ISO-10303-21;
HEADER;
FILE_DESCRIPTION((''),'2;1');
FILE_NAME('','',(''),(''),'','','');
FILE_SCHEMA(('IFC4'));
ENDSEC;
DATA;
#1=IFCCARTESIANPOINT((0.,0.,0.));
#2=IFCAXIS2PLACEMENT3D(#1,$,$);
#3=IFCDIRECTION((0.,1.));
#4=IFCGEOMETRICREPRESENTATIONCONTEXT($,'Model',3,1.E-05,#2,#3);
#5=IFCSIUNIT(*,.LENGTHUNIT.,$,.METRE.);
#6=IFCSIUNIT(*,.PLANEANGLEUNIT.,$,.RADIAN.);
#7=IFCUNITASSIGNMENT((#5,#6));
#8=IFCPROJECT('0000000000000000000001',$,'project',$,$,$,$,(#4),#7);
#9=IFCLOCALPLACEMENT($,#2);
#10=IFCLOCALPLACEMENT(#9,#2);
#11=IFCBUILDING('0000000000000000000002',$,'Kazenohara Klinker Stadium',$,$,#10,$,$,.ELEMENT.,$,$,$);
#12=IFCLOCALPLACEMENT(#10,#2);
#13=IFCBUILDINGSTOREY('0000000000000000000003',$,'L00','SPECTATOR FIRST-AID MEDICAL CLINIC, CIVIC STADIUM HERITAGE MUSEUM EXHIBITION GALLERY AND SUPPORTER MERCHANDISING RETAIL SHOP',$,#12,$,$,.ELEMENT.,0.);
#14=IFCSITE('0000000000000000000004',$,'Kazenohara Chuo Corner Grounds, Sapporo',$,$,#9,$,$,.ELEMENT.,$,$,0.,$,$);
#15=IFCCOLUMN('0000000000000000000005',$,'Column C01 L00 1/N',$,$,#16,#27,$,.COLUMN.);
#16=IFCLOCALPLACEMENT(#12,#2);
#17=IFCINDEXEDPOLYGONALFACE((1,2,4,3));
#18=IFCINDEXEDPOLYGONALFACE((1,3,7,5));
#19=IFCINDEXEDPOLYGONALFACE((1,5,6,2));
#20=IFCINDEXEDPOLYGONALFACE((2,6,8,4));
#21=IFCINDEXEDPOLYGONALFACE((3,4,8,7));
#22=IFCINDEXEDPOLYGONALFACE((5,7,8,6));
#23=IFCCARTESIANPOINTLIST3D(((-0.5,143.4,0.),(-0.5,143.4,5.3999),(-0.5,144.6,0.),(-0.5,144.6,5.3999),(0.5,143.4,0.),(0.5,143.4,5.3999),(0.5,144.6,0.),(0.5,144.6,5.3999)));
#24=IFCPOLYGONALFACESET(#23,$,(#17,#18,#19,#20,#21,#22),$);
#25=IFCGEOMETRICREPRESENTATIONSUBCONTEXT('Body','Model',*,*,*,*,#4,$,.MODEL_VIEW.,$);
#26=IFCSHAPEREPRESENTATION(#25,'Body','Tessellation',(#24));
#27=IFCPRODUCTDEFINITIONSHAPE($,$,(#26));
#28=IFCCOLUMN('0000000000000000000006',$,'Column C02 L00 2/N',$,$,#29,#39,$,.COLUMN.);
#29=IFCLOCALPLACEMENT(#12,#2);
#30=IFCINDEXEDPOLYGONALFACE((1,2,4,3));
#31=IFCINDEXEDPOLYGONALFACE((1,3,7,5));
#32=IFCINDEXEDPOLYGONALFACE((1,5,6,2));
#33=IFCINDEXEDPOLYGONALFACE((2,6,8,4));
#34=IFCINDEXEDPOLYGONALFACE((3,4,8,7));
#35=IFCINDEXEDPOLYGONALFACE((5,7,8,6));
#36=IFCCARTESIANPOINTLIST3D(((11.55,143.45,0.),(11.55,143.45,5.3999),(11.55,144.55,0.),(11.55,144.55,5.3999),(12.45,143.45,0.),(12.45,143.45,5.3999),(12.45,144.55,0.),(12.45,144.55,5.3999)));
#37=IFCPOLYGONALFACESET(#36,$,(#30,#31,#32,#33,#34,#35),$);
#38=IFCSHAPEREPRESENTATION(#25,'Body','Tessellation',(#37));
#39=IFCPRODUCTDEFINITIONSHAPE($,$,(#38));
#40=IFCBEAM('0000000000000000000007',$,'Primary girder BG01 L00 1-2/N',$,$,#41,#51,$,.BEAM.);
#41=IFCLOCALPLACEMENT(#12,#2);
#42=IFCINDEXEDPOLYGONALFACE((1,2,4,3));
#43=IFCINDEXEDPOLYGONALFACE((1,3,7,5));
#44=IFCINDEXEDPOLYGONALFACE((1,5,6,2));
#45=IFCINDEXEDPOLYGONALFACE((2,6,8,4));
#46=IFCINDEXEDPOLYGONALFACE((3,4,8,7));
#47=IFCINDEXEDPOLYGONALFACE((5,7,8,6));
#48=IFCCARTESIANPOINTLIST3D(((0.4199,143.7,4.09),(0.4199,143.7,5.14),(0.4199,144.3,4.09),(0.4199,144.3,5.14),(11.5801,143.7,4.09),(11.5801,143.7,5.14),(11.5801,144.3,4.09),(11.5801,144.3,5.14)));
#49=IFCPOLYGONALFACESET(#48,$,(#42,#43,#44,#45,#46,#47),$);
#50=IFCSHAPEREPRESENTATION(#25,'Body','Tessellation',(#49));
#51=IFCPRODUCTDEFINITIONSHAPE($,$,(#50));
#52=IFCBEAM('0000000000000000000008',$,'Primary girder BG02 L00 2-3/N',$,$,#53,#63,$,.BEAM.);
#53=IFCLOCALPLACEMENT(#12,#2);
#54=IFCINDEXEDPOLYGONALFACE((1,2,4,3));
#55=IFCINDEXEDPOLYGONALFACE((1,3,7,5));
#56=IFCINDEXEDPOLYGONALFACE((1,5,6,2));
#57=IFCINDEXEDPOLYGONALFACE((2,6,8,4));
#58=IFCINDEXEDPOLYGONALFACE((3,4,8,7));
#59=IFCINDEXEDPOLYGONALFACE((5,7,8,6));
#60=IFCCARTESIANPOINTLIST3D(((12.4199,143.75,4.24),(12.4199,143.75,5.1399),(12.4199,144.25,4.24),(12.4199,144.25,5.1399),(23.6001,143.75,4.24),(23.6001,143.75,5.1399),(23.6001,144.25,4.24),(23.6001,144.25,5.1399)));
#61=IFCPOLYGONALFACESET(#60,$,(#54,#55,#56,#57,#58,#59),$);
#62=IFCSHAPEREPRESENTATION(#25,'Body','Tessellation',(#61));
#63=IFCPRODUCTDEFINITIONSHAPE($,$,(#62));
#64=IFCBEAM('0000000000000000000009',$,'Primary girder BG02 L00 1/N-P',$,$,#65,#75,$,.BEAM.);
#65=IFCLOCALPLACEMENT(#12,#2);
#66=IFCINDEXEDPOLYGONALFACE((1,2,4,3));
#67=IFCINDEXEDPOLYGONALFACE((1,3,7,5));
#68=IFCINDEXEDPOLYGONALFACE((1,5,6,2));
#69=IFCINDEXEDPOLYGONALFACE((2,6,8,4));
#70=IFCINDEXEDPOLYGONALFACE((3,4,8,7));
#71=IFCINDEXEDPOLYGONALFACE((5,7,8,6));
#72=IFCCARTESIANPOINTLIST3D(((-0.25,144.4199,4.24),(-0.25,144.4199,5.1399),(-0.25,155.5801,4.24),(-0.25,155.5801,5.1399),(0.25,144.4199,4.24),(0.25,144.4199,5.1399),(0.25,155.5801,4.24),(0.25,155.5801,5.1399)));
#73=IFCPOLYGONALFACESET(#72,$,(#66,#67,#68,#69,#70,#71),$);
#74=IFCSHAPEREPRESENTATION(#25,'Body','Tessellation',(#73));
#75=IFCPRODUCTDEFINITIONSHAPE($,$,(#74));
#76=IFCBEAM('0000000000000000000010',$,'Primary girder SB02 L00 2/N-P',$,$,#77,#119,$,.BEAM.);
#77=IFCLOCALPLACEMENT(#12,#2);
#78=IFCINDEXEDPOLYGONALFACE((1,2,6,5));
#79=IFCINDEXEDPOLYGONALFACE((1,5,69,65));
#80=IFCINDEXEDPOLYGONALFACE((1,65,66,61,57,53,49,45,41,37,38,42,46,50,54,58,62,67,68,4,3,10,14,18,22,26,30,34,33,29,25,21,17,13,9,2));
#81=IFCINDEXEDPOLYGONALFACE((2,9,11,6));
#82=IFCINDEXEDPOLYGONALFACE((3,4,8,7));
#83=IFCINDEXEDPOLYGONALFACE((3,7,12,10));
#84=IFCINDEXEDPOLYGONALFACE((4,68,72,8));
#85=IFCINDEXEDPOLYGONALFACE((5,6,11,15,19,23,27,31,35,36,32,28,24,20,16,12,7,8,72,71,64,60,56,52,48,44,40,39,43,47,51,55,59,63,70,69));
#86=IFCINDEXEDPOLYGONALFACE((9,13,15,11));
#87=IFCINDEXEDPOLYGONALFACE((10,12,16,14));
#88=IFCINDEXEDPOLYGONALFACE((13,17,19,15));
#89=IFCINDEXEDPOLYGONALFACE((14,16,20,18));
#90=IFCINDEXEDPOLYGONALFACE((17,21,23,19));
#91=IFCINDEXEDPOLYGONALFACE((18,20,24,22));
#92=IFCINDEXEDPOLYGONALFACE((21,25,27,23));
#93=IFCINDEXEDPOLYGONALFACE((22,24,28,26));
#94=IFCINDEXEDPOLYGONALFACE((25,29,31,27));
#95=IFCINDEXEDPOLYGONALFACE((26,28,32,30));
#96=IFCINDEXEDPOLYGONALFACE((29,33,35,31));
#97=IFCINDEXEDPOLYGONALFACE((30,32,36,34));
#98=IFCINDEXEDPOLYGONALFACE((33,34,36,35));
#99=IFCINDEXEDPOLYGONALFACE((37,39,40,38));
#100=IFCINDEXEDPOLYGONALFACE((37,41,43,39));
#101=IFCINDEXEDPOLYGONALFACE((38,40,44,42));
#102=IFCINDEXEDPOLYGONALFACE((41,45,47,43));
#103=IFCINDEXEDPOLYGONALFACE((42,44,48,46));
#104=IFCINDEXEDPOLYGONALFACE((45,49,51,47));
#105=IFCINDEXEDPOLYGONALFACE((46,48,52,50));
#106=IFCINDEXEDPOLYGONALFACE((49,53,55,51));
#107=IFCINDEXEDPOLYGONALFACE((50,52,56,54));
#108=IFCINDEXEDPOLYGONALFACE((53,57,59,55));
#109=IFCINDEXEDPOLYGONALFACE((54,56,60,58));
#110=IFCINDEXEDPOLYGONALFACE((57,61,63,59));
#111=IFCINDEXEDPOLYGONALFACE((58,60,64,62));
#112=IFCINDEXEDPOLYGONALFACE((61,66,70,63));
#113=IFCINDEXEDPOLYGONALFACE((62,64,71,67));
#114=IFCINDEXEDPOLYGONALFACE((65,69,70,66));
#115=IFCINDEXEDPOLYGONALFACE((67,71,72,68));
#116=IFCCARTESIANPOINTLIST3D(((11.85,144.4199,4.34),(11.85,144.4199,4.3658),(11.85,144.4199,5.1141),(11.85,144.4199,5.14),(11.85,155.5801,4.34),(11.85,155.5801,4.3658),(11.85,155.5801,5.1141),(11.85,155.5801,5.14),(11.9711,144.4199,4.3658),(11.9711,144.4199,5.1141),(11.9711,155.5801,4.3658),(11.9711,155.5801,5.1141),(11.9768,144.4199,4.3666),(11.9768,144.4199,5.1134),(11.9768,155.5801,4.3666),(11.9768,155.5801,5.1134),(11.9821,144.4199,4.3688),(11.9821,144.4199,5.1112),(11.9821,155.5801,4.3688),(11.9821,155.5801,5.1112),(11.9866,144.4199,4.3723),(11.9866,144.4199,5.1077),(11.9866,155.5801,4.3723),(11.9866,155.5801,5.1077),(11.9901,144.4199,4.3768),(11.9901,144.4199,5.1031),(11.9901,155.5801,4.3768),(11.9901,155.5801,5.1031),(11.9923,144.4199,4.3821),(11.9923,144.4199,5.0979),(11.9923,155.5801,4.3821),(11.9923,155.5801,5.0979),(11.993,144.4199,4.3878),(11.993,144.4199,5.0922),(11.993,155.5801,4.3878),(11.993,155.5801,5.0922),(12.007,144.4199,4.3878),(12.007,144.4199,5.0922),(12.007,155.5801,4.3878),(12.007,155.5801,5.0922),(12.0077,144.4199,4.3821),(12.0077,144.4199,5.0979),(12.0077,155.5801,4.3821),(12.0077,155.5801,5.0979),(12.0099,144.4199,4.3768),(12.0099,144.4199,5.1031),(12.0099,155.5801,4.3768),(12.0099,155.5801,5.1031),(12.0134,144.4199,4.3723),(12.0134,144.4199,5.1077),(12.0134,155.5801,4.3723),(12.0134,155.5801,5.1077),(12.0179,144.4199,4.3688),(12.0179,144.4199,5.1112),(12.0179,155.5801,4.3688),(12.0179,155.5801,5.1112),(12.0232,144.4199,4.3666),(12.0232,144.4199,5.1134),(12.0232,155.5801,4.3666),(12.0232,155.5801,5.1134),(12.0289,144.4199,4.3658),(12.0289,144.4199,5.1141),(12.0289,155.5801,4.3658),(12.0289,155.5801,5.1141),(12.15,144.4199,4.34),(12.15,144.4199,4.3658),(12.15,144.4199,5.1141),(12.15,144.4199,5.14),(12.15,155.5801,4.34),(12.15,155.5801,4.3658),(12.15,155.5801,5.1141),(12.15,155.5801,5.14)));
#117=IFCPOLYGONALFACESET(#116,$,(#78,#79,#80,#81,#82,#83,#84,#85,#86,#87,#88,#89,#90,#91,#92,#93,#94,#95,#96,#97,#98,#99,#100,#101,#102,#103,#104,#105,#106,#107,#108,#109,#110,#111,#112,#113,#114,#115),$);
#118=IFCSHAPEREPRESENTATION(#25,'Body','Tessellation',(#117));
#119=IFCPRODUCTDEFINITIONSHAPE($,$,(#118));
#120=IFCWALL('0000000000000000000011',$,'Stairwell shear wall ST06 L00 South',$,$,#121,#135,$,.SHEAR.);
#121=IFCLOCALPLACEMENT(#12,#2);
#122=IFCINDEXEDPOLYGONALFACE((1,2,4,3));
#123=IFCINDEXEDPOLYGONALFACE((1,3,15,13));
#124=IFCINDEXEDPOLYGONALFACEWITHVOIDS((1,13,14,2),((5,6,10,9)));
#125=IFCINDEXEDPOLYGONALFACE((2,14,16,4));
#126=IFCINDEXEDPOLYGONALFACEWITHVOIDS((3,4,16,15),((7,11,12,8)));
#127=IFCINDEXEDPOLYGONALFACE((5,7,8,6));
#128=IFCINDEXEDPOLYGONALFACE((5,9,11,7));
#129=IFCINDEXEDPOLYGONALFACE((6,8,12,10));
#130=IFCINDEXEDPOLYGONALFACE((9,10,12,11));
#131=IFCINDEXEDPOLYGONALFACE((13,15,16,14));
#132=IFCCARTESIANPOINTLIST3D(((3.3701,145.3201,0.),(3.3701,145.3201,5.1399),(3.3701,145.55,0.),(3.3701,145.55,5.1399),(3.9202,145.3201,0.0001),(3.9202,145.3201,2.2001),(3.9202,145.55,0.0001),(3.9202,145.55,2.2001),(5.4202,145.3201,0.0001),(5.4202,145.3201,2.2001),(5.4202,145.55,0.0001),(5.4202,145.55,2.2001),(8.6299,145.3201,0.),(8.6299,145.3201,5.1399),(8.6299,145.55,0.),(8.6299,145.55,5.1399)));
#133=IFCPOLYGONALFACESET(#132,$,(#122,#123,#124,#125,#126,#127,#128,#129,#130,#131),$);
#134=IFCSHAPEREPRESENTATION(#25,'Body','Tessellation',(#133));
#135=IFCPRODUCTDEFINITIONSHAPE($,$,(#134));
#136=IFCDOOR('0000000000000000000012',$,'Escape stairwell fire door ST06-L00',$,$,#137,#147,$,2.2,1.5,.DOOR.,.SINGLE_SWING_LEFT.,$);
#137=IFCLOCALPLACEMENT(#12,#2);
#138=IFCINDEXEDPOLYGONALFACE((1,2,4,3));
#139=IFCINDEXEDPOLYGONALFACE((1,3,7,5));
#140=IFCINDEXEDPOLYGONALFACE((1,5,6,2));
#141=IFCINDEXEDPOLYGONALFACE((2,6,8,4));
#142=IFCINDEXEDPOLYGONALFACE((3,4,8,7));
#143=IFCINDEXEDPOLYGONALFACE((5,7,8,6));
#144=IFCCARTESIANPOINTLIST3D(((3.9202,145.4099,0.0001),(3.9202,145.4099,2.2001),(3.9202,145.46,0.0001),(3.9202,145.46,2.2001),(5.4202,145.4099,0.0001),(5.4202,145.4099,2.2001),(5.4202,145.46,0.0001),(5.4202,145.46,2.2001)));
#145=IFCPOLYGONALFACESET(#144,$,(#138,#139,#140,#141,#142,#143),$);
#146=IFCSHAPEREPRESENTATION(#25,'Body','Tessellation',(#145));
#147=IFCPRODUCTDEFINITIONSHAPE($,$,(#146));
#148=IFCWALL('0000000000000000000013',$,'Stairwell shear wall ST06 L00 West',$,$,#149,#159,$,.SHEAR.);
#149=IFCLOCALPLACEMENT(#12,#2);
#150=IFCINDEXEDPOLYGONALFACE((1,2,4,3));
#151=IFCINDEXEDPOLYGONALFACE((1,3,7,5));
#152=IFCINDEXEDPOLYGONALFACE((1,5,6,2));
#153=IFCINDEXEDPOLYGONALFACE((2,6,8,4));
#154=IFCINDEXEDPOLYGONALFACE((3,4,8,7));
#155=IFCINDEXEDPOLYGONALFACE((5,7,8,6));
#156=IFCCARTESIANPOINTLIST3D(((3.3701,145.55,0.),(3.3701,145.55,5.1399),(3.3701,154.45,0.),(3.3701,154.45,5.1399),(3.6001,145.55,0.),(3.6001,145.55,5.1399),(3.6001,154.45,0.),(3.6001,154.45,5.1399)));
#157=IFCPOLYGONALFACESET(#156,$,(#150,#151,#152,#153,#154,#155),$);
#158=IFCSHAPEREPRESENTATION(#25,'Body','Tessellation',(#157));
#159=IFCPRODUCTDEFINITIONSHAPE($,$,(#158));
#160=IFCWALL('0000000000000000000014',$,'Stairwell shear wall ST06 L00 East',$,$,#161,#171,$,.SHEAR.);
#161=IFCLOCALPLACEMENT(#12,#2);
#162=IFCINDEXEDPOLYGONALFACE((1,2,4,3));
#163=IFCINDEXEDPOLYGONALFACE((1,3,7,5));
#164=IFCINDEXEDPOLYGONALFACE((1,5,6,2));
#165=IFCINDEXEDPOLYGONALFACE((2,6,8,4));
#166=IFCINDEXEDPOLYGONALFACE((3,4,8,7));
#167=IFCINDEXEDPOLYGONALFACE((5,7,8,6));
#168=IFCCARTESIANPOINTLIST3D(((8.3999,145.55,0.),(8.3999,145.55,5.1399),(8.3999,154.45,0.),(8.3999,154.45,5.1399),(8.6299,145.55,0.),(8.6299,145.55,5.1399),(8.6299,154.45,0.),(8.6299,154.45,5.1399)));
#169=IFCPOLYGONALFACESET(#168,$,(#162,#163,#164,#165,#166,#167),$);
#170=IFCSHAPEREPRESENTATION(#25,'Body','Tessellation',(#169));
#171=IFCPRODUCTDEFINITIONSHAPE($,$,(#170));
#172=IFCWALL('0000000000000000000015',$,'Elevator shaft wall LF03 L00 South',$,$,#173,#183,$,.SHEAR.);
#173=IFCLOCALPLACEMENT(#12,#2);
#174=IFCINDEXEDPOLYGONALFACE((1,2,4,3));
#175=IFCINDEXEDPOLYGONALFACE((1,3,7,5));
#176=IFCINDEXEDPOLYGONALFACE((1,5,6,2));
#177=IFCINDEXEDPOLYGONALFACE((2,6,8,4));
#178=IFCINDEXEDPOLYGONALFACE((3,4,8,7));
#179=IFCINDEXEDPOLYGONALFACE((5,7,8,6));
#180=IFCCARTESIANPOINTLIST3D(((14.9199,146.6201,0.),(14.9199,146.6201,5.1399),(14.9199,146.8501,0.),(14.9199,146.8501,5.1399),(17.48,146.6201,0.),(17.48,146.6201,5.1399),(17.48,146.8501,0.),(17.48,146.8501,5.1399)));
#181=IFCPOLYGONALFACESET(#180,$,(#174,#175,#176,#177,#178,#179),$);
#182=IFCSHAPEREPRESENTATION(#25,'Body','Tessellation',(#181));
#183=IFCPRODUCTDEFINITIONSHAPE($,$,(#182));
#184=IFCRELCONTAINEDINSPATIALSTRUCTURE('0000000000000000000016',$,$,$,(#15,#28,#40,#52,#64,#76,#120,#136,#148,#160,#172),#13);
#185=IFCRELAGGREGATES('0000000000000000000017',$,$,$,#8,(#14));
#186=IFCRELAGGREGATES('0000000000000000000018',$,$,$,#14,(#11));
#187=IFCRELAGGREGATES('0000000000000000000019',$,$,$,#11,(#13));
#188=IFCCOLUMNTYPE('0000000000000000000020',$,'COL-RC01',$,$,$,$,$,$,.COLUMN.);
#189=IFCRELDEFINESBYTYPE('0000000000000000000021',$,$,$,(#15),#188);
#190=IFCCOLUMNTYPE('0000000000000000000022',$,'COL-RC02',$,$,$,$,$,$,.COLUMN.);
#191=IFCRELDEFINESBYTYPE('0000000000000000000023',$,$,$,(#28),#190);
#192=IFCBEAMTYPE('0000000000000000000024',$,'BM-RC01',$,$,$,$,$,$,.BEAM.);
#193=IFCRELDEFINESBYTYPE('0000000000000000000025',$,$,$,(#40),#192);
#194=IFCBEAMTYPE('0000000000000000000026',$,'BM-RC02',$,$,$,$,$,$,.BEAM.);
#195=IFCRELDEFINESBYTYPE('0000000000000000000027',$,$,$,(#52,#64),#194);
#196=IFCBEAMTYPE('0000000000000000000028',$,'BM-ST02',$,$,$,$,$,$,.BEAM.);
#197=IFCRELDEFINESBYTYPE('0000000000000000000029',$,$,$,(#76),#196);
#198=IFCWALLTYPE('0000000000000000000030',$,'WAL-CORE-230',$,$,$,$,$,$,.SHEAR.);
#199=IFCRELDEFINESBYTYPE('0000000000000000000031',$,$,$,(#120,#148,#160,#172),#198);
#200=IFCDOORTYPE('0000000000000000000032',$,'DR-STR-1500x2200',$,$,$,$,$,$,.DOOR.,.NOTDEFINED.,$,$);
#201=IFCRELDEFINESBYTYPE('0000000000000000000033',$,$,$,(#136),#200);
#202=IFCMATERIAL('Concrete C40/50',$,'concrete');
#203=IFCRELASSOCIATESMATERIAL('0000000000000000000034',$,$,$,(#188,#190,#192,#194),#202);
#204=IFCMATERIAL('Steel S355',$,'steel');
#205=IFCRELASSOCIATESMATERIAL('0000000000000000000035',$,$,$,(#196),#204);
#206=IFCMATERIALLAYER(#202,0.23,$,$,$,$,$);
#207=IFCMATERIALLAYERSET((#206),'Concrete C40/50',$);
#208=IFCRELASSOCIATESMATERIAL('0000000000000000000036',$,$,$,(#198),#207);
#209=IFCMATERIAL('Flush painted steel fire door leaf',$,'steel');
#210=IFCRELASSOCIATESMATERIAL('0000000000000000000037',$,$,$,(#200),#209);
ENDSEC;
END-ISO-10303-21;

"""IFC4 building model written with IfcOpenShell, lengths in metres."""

from ifc_helpers import new_model, si_unit, direction, frame, frame_2d, origin, origin_2d, place, context, subcontext, project, spatial, rectangle, i_section, extrude, material, layer, layer_set, material_profile, profile_set, type_object, element, fill, save


model = new_model("IFC4")

# Units and contexts
model_context = context("Model", 3, precision=1e-05, world=origin(), true_north=direction((0.0, 1.0)))
body_context = subcontext(model_context, "Body", "Model", "MODEL_VIEW")
ifc_project = project(units=[si_unit("LENGTHUNIT", "METRE"), si_unit("PLANEANGLEUNIT", "RADIAN")], contexts=[model_context])

# Site, building, storey
site_placement = place(None, origin())
site = spatial("IfcSite", under=ifc_project, at=site_placement, Name="Kazenohara Chuo Corner Grounds, Sapporo", CompositionType="ELEMENT", RefElevation=0.0)
building_placement = place(site_placement, origin())
building = spatial("IfcBuilding", under=site, at=building_placement, Name="Kazenohara Klinker Stadium", CompositionType="ELEMENT")
storey_placement = place(building_placement, origin())
storey = spatial("IfcBuildingStorey", under=building, at=storey_placement, Name="L00", Description="SPECTATOR FIRST-AID MEDICAL CLINIC, CIVIC STADIUM HERITAGE MUSEUM EXHIBITION GALLERY AND SUPPORTER MERCHANDISING RETAIL SHOP", CompositionType="ELEMENT", Elevation=0.0)

# Columns
ifc_material_1 = material(Name="Concrete C40/50", Category="concrete")
ifc_material_profile_1 = material_profile(ifc_material_1, rectangle(XDim=1.0, YDim=1.2, at=origin_2d()), Name="RC-COL-1200x1000")
ifc_profile_set_1 = profile_set([ifc_material_profile_1], Name="Concrete C40/50")
column_type_1 = type_object("IfcColumnType", Name="COL-RC01", PredefinedType="COLUMN", material=ifc_profile_set_1)
column_1_placement = place(storey_placement, frame((0.0, 144.0, 0.0), z_axis=(0.0, 0.0, 1.0), x_axis=(1.0, 0.0, 0.0)))
element("IfcColumn", 1, at=column_1_placement, inside=storey, type_object=column_type_1, Name="Column C01 L00 1/N", PredefinedType="COLUMN", context=body_context, shape_type="SweptSolid", body=[
    extrude(rectangle(XDim=1.0, YDim=1.2, at=origin_2d()), origin(), (0.0, 0.0, 1.0), 5.3999),
])
ifc_material_profile_2 = material_profile(ifc_material_1, rectangle(XDim=0.8999, YDim=1.1001, at=origin_2d()), Name="RC-COL-1100x900")
ifc_profile_set_2 = profile_set([ifc_material_profile_2], Name="Concrete C40/50")
column_type_2 = type_object("IfcColumnType", Name="COL-RC02", PredefinedType="COLUMN", material=ifc_profile_set_2)
column_2_placement = place(storey_placement, frame((12.0, 144.0, 0.0), z_axis=(0.0, 0.0, 1.0), x_axis=(1.0, 0.0, 0.0)))
element("IfcColumn", 2, at=column_2_placement, inside=storey, type_object=column_type_2, Name="Column C02 L00 2/N", PredefinedType="COLUMN", context=body_context, shape_type="SweptSolid", body=[
    extrude(rectangle(XDim=0.8999, YDim=1.1001, at=origin_2d()), origin(), (0.0, 0.0, 1.0), 5.3999),
])

# Beams
ifc_material_profile_3 = material_profile(ifc_material_1, rectangle(XDim=0.6001, YDim=1.05, at=origin_2d()), Name="RC-BM-600x1050")
ifc_profile_set_3 = profile_set([ifc_material_profile_3], Name="Concrete C40/50")
beam_type_1 = type_object("IfcBeamType", Name="BM-RC01", PredefinedType="BEAM", material=ifc_profile_set_3)
beam_1_placement = place(storey_placement, frame((0.4199, 144.0, 4.615), z_axis=(1.0, 0.0, 0.0), x_axis=(0.0, 1.0, 0.0)))
element("IfcBeam", 3, at=beam_1_placement, inside=storey, type_object=beam_type_1, Name="Primary girder BG01 L00 1-2/N", PredefinedType="BEAM", context=body_context, shape_type="SweptSolid", body=[
    extrude(rectangle(XDim=0.6001, YDim=1.05, at=origin_2d()), origin(), (0.0, 0.0, 1.0), 11.1602),
])
ifc_material_profile_4 = material_profile(ifc_material_1, rectangle(XDim=0.5, YDim=0.8999, at=origin_2d()), Name="RC-BM-500x900")
ifc_profile_set_4 = profile_set([ifc_material_profile_4], Name="Concrete C40/50")
beam_type_2 = type_object("IfcBeamType", Name="BM-RC02", PredefinedType="BEAM", material=ifc_profile_set_4)
beam_2_placement = place(storey_placement, frame((12.4199, 144.0, 4.6899), z_axis=(1.0, 0.0, 0.0), x_axis=(0.0, 1.0, 0.0)))
element("IfcBeam", 4, at=beam_2_placement, inside=storey, type_object=beam_type_2, Name="Primary girder BG02 L00 2-3/N", PredefinedType="BEAM", context=body_context, shape_type="SweptSolid", body=[
    extrude(rectangle(XDim=0.5, YDim=0.8999, at=origin_2d()), origin(), (0.0, 0.0, 1.0), 11.1802),
])
beam_3_placement = place(storey_placement, frame((0.0, 144.4199, 4.6899), z_axis=(0.0, 1.0, 0.0), x_axis=(-1.0, 0.0, 0.0)))
element("IfcBeam", 5, at=beam_3_placement, inside=storey, type_object=beam_type_2, Name="Primary girder BG02 L00 1/N-P", PredefinedType="BEAM", context=body_context, shape_type="SweptSolid", body=[
    extrude(rectangle(XDim=0.5, YDim=0.8999, at=origin_2d()), origin(), (0.0, 0.0, 1.0), 11.1602),
])
ifc_material_2 = material(Name="Steel S355", Category="steel")
ifc_material_profile_5 = material_profile(ifc_material_2, i_section(OverallWidth=0.3, OverallDepth=0.8, WebThickness=0.0139, FlangeThickness=0.0259, FilletRadius=0.022, at=origin_2d()), Name="H-800x300x14x26")
ifc_profile_set_5 = profile_set([ifc_material_profile_5], Name="Steel S355")
beam_type_3 = type_object("IfcBeamType", Name="BM-ST02", PredefinedType="BEAM", material=ifc_profile_set_5)
beam_4_placement = place(storey_placement, frame((12.0, 144.4199, 4.74), z_axis=(0.0, 1.0, 0.0), x_axis=(-1.0, 0.0, 0.0)))
element("IfcBeam", 6, at=beam_4_placement, inside=storey, type_object=beam_type_3, Name="Primary girder SB02 L00 2/N-P", PredefinedType="BEAM", context=body_context, shape_type="SweptSolid", body=[
    extrude(i_section(OverallWidth=0.3, OverallDepth=0.8, WebThickness=0.0139, FlangeThickness=0.0259, FilletRadius=0.022, at=origin_2d()), origin(), (0.0, 0.0, 1.0), 11.1602),
])

# Wall, opening, door
ifc_layer_1 = layer(ifc_material_1, 0.23)
ifc_layer_set_1 = layer_set([ifc_layer_1], Name="Concrete C40/50")
wall_type_1 = type_object("IfcWallType", Name="WAL-CORE-230", PredefinedType="SHEAR", material=ifc_layer_set_1)
wall_1_placement = place(storey_placement, frame((3.3701, 145.4351, 0.0), z_axis=(0.0, 0.0, 1.0), x_axis=(1.0, 0.0, 0.0)))
wall_1 = element("IfcWall", 7, at=wall_1_placement, inside=storey, type_object=wall_type_1, Name="Stairwell shear wall ST06 L00 South", PredefinedType="SHEAR", context=body_context, shape_type="SweptSolid", body=[
    extrude(rectangle(XDim=5.2598, YDim=0.23, at=frame_2d((2.6299, 0.0))), origin(), (0.0, 0.0, 1.0), 5.1399),
])
opening_1_placement = place(wall_1_placement, frame((0.55, 0.0, 0.0)))
opening_1 = element("IfcOpeningElement", 8, at=opening_1_placement, cuts=wall_1, PredefinedType="OPENING", context=body_context, shape_type="SweptSolid", body=[
    extrude(rectangle(XDim=1.5, YDim=2.2, at=frame_2d((0.75, 1.1001))), frame((0.0, 0.125, 0.0), z_axis=(0.0, -1.0, 0.0), x_axis=(1.0, 0.0, 0.0)), (0.0, 0.0, 1.0), 0.25),
])
ifc_material_3 = material(Name="Flush painted steel fire door leaf", Category="steel")
door_type_1 = type_object("IfcDoorType", Name="DR-STR-1500x2200", OperationType="NOTDEFINED", PredefinedType="DOOR", material=ifc_material_3)
door_1_placement = place(opening_1_placement, origin())
door_1 = element("IfcDoor", 9, at=door_1_placement, inside=storey, type_object=door_type_1, Name="Escape stairwell fire door ST06-L00", OperationType="SINGLE_SWING_LEFT", OverallHeight=2.2, OverallWidth=1.5, PredefinedType="DOOR", context=body_context, shape_type="SweptSolid", body=[
    extrude(rectangle(XDim=1.5, YDim=2.2, at=frame_2d((0.75, 1.1001))), frame((0.0, 0.0249, 0.0), z_axis=(0.0, -1.0, 0.0), x_axis=(1.0, 0.0, 0.0)), (0.0, 0.0, 1.0), 0.05),
])
fill(opening_1, door_1)

# Walls
for number, where, z_axis, x_axis, name in (
    (10, (3.4851, 145.55, 0.0), (0.0, 0.0, 1.0), (0.0, 1.0, 0.0), "Stairwell shear wall ST06 L00 West"),
    (11, (8.5149, 145.55, 0.0), (0.0, 0.0, 1.0), (0.0, 1.0, 0.0), "Stairwell shear wall ST06 L00 East"),
):
    element("IfcWall", number, at=place(storey_placement, frame(where, z_axis=z_axis, x_axis=x_axis)), inside=storey, type_object=wall_type_1, Name=name, PredefinedType="SHEAR", context=body_context, shape_type="SweptSolid", body=[
        extrude(rectangle(XDim=8.8999, YDim=0.23, at=frame_2d((4.45, 0.0))), origin(), (0.0, 0.0, 1.0), 5.1399),
    ])
wall_2_placement = place(storey_placement, frame((14.9199, 146.7351, 0.0), z_axis=(0.0, 0.0, 1.0), x_axis=(1.0, 0.0, 0.0)))
element("IfcWall", 12, at=wall_2_placement, inside=storey, type_object=wall_type_1, Name="Elevator shaft wall LF03 L00 South", PredefinedType="SHEAR", context=body_context, shape_type="SweptSolid", body=[
    extrude(rectangle(XDim=2.5601, YDim=0.23, at=frame_2d((1.28, 0.0))), origin(), (0.0, 0.0, 1.0), 5.1399),
])

save(model, "model.ifc")
